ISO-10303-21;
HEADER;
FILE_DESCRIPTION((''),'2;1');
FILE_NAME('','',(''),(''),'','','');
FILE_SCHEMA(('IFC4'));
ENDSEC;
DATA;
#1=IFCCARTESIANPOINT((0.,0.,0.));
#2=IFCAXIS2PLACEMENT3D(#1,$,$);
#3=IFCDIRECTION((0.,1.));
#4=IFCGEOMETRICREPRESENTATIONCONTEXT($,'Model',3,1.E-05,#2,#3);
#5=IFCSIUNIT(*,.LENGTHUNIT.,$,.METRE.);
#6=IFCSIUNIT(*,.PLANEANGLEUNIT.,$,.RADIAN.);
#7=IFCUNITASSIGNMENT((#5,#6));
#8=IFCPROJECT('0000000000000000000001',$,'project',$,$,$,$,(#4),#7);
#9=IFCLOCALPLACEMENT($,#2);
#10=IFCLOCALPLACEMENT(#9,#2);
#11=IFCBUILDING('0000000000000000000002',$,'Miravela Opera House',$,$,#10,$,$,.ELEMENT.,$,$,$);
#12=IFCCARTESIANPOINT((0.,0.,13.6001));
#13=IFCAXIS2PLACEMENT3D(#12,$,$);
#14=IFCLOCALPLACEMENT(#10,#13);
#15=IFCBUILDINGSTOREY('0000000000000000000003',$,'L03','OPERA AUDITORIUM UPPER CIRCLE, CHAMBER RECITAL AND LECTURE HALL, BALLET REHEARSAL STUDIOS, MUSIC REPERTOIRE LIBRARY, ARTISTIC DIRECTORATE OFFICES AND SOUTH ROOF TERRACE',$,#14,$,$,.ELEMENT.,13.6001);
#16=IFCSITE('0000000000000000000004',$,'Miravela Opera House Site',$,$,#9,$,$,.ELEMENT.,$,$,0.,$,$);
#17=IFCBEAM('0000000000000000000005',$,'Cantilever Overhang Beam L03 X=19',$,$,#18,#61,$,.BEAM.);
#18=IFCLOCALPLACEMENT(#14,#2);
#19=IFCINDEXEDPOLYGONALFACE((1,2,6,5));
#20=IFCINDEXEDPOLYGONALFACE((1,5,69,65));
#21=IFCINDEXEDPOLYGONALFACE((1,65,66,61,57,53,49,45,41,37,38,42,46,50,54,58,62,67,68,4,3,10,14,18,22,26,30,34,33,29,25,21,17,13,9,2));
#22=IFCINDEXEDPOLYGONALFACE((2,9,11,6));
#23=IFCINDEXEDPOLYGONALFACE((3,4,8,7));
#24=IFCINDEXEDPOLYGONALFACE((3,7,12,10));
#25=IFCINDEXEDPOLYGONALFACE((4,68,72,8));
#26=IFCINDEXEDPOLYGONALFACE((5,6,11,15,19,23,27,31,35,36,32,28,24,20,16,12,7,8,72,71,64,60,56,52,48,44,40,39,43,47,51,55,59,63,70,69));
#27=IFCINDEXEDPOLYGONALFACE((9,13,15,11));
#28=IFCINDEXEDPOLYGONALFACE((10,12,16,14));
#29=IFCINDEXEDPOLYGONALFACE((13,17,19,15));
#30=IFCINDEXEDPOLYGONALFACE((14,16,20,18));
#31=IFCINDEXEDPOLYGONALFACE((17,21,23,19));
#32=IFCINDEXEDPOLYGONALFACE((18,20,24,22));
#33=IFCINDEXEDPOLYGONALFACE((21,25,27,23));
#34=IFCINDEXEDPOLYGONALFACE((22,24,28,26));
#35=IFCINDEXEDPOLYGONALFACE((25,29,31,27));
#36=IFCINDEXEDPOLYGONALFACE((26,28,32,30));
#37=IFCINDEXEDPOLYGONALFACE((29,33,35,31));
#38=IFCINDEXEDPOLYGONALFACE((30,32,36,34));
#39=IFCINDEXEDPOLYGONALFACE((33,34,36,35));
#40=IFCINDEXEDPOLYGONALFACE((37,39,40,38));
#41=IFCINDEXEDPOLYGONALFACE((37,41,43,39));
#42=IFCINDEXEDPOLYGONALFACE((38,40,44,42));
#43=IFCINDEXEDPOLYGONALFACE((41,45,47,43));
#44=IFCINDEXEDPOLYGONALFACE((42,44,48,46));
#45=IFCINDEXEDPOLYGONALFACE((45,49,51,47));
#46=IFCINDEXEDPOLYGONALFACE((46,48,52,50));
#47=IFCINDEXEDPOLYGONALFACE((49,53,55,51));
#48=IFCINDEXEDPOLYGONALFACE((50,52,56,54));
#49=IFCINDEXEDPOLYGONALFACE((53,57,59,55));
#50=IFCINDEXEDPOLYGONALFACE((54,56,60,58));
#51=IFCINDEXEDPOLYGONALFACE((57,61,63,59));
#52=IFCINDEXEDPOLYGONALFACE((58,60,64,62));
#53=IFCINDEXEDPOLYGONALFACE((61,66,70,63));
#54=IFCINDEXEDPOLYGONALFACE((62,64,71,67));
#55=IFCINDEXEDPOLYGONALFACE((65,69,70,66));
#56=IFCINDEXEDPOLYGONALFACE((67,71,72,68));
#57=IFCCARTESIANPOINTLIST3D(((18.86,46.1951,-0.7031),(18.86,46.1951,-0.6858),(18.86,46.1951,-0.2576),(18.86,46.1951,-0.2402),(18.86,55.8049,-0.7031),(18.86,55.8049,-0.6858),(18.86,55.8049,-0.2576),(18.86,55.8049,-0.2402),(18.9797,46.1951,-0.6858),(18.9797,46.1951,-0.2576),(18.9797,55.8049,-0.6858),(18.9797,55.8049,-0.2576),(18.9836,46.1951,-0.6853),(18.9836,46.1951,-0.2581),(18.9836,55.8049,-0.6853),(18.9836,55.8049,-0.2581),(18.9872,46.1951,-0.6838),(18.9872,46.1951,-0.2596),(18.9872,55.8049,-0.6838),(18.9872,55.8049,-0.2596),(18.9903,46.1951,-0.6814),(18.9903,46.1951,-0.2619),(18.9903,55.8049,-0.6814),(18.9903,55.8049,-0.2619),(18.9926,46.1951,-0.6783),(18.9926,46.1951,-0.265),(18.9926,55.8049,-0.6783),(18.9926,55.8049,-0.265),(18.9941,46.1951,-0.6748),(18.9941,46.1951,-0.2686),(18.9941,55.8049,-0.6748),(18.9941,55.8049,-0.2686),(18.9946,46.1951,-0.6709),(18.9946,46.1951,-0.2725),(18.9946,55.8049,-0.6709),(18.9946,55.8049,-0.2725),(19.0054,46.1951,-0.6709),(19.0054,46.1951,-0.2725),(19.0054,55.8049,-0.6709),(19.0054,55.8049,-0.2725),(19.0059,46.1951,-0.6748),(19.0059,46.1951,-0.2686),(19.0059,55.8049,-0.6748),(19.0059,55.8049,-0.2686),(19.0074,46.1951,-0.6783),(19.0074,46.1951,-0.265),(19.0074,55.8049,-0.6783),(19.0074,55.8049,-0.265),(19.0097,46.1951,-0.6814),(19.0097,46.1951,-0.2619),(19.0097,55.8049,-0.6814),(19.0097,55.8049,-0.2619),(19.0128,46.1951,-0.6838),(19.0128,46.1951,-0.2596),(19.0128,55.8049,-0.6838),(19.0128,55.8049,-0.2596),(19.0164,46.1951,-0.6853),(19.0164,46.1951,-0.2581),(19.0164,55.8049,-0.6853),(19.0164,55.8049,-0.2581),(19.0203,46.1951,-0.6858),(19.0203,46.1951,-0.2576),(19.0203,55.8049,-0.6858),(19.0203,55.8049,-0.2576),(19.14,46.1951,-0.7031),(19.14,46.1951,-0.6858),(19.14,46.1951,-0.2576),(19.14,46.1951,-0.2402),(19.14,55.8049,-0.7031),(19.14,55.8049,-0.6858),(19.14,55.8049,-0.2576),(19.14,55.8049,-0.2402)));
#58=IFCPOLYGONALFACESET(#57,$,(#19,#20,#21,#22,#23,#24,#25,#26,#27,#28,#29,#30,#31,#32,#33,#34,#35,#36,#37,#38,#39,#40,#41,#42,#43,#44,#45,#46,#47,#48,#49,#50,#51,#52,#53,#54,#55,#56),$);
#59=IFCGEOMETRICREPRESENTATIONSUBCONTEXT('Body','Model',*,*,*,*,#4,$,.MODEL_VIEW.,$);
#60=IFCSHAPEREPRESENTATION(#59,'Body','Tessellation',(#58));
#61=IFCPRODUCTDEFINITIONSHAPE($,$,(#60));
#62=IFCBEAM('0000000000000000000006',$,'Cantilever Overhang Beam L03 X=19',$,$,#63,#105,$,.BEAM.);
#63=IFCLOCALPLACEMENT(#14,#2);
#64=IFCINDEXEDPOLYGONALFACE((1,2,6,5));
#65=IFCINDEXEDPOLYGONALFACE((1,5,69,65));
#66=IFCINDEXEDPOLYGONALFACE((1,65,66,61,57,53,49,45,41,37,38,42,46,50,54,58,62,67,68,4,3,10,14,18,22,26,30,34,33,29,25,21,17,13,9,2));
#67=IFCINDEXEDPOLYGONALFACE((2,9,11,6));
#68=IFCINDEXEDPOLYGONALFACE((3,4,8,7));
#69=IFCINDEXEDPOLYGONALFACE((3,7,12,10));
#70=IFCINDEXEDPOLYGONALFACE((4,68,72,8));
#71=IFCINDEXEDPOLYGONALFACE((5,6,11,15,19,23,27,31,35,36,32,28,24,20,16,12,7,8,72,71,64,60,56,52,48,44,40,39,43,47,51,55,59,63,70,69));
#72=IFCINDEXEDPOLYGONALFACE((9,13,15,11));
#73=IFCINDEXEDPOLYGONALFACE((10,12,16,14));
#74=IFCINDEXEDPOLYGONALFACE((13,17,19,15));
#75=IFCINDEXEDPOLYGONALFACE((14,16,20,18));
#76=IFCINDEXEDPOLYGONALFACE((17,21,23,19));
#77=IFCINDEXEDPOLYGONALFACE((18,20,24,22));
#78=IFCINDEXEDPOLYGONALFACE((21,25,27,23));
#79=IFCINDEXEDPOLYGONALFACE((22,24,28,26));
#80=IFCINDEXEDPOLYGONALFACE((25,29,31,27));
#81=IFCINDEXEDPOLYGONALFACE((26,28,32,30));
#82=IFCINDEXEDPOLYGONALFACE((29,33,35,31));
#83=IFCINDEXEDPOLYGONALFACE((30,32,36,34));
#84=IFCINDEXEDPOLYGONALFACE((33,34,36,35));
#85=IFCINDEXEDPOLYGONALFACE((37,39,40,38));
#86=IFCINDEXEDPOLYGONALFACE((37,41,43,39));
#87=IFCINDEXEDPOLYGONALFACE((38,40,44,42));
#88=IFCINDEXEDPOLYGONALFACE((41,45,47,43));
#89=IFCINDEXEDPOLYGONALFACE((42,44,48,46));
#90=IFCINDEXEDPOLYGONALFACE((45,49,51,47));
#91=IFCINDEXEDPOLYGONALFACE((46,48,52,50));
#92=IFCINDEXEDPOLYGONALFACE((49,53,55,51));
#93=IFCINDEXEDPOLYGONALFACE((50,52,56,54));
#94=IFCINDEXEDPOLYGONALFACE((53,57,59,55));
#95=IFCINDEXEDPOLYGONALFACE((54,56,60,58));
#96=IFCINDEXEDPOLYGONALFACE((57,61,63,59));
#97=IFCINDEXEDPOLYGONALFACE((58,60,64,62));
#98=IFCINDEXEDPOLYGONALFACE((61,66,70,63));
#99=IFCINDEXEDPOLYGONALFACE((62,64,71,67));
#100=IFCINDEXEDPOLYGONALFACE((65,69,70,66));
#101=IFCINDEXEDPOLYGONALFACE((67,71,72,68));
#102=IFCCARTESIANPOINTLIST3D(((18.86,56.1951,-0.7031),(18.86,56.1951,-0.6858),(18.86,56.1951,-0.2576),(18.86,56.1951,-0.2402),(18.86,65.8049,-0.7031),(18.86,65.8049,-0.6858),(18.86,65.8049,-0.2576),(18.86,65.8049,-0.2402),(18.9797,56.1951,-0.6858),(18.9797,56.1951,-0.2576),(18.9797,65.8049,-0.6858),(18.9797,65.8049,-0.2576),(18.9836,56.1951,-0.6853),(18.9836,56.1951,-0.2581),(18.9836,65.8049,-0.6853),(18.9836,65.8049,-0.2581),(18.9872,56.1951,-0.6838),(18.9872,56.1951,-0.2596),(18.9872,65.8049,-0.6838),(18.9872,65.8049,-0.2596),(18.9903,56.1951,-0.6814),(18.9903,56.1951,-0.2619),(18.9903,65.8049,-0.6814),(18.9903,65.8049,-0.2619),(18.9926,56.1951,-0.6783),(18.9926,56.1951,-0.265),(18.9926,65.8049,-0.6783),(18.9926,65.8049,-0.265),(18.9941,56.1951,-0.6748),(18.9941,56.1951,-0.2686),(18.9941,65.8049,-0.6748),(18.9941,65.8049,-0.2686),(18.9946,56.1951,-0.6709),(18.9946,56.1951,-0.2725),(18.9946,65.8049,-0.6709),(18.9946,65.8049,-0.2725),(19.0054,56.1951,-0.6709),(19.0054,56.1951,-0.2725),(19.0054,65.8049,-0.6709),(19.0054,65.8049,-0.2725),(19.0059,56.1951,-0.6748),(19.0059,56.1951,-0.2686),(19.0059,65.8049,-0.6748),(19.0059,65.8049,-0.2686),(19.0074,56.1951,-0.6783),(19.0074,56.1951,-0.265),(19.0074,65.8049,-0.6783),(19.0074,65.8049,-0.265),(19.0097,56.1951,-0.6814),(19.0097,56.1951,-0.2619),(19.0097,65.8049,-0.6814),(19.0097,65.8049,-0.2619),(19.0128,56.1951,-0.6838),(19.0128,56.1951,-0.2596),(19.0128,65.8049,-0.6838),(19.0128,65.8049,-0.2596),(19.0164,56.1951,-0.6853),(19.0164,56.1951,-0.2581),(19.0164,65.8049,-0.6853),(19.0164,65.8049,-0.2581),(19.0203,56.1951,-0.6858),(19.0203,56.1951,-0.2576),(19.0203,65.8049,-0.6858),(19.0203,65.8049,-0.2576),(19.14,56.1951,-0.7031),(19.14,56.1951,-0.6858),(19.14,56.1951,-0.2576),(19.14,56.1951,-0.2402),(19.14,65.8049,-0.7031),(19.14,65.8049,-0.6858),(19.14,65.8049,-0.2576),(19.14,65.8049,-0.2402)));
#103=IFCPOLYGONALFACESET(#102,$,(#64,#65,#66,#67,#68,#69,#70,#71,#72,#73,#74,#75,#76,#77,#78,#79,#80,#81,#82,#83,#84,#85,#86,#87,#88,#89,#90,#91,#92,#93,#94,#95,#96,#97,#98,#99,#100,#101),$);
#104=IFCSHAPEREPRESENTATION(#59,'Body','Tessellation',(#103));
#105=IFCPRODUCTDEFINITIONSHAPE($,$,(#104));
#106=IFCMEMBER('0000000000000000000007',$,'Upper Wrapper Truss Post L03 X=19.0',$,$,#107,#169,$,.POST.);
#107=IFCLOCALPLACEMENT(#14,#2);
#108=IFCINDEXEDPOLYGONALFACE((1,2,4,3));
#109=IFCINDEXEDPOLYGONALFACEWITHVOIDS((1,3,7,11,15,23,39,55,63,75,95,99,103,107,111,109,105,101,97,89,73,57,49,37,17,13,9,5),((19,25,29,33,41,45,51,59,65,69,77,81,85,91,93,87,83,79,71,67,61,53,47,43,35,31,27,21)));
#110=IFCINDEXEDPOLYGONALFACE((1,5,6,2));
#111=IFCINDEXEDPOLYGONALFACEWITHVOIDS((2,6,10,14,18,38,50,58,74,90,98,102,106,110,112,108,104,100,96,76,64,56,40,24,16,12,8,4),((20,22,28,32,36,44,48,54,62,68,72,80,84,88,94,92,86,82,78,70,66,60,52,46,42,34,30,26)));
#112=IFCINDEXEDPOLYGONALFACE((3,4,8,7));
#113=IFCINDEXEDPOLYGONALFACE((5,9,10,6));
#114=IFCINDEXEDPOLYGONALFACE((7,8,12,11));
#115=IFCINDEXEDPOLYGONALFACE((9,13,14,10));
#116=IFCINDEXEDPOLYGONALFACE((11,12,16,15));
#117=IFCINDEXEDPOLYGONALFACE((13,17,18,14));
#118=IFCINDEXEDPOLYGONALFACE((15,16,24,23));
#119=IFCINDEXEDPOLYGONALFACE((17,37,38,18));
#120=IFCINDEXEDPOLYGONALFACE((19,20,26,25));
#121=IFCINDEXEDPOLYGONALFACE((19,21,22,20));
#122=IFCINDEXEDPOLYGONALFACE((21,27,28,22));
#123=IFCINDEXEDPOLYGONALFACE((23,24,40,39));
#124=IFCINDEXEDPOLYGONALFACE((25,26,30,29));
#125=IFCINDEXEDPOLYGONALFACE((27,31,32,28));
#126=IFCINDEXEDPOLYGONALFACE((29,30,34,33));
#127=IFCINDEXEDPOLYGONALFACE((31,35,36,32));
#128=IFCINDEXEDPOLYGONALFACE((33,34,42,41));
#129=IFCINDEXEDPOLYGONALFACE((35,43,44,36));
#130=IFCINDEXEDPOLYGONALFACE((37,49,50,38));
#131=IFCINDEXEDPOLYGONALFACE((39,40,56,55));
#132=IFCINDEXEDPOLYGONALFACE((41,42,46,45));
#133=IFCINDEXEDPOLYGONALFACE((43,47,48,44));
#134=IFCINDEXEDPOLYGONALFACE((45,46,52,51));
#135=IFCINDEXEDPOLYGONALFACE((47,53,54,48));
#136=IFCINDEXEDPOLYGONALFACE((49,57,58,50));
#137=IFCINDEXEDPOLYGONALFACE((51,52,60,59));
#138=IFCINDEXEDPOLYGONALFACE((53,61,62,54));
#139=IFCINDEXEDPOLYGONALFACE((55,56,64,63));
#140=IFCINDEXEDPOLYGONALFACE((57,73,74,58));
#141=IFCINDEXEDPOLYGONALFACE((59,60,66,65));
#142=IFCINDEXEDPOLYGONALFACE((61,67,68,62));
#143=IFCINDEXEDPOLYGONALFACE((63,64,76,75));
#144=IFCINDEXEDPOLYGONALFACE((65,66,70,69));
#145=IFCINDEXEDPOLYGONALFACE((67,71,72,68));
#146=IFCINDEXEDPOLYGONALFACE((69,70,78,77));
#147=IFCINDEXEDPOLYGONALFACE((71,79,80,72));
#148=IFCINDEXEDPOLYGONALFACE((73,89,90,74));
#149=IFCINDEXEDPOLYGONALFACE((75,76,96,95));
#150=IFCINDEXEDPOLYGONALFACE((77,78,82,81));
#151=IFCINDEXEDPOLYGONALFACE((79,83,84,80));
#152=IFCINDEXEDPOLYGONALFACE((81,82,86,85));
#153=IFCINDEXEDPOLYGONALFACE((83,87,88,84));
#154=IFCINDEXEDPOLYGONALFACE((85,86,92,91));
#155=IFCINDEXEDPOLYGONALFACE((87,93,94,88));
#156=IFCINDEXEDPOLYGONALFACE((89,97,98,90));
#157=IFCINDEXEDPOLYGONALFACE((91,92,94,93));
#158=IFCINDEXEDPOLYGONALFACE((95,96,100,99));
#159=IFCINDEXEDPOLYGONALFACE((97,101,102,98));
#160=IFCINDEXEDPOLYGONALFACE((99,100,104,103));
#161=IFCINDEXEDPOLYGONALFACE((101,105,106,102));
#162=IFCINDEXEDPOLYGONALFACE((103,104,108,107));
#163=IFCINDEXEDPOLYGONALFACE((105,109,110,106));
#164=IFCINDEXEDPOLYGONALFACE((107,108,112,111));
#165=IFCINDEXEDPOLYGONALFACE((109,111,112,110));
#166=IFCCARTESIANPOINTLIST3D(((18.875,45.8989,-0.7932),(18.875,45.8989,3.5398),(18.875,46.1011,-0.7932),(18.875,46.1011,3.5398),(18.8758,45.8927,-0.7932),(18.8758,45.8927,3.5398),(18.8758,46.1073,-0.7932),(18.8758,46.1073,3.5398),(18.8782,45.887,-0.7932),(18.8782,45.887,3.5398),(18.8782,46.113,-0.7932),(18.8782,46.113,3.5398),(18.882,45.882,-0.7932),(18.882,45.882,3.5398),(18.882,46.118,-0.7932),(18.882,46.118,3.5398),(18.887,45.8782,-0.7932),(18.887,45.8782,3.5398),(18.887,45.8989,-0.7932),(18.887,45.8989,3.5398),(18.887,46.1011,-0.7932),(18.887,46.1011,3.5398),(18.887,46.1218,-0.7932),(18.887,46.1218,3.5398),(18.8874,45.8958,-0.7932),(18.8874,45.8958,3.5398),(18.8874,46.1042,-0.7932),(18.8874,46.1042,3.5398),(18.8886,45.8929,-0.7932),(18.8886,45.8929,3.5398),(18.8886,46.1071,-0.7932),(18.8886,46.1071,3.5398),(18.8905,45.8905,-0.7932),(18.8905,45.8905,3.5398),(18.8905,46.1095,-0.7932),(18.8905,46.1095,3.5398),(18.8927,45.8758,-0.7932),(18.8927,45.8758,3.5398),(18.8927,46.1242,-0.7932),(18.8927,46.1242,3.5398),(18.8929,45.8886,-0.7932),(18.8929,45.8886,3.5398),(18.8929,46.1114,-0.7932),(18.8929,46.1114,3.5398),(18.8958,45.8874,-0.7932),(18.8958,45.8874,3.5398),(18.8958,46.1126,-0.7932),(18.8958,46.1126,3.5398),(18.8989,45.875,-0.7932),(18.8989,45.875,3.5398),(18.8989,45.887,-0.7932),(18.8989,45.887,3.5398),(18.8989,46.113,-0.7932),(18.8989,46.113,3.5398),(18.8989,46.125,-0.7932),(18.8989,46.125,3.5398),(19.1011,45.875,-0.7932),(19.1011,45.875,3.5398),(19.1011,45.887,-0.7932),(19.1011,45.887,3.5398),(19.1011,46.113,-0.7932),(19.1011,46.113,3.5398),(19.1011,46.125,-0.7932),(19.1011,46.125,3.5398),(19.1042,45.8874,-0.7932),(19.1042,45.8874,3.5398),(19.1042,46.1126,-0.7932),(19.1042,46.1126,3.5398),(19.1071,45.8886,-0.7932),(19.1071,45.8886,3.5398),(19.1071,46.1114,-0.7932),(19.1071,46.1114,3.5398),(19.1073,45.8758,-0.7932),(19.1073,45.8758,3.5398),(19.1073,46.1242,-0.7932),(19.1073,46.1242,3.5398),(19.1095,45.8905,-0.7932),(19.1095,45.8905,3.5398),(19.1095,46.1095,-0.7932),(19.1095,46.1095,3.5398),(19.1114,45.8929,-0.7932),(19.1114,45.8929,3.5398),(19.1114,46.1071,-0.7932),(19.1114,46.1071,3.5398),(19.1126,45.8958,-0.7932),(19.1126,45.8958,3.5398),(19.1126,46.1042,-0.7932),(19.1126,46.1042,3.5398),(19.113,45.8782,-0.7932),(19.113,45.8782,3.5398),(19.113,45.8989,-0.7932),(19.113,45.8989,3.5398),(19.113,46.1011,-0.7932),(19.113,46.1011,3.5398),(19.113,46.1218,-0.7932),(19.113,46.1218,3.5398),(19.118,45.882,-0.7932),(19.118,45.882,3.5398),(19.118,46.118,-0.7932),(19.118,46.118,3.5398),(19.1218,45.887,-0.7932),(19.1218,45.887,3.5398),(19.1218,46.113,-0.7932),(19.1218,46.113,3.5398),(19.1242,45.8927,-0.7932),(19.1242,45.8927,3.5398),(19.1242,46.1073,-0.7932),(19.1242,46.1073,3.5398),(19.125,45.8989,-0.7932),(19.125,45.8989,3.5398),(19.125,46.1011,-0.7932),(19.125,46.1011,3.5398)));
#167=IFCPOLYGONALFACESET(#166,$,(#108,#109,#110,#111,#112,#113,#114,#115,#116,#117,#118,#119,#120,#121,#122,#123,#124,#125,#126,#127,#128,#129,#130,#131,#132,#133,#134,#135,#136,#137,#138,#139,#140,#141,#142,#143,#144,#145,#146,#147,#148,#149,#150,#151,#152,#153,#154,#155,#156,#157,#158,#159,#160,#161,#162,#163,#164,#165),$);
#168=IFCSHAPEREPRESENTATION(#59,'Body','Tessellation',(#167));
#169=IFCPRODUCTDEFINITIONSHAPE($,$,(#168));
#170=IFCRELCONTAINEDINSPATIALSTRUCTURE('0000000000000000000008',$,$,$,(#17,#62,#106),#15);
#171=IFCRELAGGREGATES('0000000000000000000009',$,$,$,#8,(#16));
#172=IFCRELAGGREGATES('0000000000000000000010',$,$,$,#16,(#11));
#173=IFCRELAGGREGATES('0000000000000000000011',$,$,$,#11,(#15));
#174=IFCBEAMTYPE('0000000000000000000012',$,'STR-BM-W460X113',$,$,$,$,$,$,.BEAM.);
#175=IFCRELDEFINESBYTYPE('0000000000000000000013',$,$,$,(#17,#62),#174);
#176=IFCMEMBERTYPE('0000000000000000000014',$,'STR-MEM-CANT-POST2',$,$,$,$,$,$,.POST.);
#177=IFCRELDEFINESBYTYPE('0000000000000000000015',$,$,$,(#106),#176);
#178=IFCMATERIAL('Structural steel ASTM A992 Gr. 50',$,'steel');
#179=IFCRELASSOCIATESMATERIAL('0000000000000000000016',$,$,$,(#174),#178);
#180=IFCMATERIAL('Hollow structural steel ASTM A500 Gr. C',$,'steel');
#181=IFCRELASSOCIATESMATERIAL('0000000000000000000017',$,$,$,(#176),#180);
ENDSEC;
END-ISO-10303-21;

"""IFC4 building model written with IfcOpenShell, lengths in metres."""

from ifc_helpers import new_model, si_unit, direction, frame, origin, origin_2d, place, context, subcontext, project, spatial, hollow_rectangle, i_section, extrude, material, material_profile, profile_set, type_object, element, save


model = new_model("IFC4")

# Units and contexts
model_context = context("Model", 3, precision=1e-05, world=origin(), true_north=direction((0.0, 1.0)))
body_context = subcontext(model_context, "Body", "Model", "MODEL_VIEW")
ifc_project = project(units=[si_unit("LENGTHUNIT", "METRE"), si_unit("PLANEANGLEUNIT", "RADIAN")], contexts=[model_context])

# Site, building, storey
site_placement = place(None, origin())
site = spatial("IfcSite", under=ifc_project, at=site_placement, Name="Miravela Opera House Site", CompositionType="ELEMENT", RefElevation=0.0)
building_placement = place(site_placement, origin())
building = spatial("IfcBuilding", under=site, at=building_placement, Name="Miravela Opera House", CompositionType="ELEMENT")
storey_placement = place(building_placement, frame((0.0, 0.0, 13.6001)))
storey = spatial("IfcBuildingStorey", under=building, at=storey_placement, Name="L03", Description="OPERA AUDITORIUM UPPER CIRCLE, CHAMBER RECITAL AND LECTURE HALL, BALLET REHEARSAL STUDIOS, MUSIC REPERTOIRE LIBRARY, ARTISTIC DIRECTORATE OFFICES AND SOUTH ROOF TERRACE", CompositionType="ELEMENT", Elevation=13.6001)

# Beams
ifc_material_1 = material(Name="Structural steel ASTM A992 Gr. 50", Category="steel")
ifc_material_profile_1 = material_profile(ifc_material_1, i_section(OverallWidth=0.28, OverallDepth=0.4629, WebThickness=0.0107, FlangeThickness=0.0173, FilletRadius=0.0149, at=origin_2d()), Name="W460X113")
ifc_profile_set_1 = profile_set([ifc_material_profile_1])
beam_type = type_object("IfcBeamType", Name="STR-BM-W460X113", PredefinedType="BEAM", material=ifc_profile_set_1)
for number, where, z_axis, x_axis, name in (
    (1, (19.0, 46.1951, -0.4717), (0.0, 1.0, 0.0), (-1.0, 0.0, 0.0), "Cantilever Overhang Beam L03 X=19"),
    (2, (19.0, 56.1951, -0.4717), (0.0, 1.0, 0.0), (-1.0, 0.0, 0.0), "Cantilever Overhang Beam L03 X=19"),
):
    element("IfcBeam", number, at=place(storey_placement, frame(where, z_axis=z_axis, x_axis=x_axis)), inside=storey, type_object=beam_type, Name=name, PredefinedType="BEAM", context=body_context, shape_type="SweptSolid", body=[
        extrude(i_section(OverallWidth=0.28, OverallDepth=0.4629, WebThickness=0.0107, FlangeThickness=0.0173, FilletRadius=0.0149, at=origin_2d()), origin(), (0.0, 0.0, 1.0), 9.6099),
    ])

# Member
ifc_material_2 = material(Name="Hollow structural steel ASTM A500 Gr. C", Category="steel")
ifc_material_profile_2 = material_profile(ifc_material_2, hollow_rectangle(XDim=0.25, YDim=0.25, WallThickness=0.012, InnerFilletRadius=0.012, OuterFilletRadius=0.0239, at=origin_2d()), Name="HSS250X250X12")
ifc_profile_set_2 = profile_set([ifc_material_profile_2])
member_type_1 = type_object("IfcMemberType", Name="STR-MEM-CANT-POST2", PredefinedType="POST", material=ifc_profile_set_2)
for number, where, z_axis, x_axis, name in (
    (3, (19.0, 46.0, -0.7932), (0.0, 0.0, 1.0), (1.0, 0.0, 0.0), "Upper Wrapper Truss Post L03 X=19.0"),
):
    element("IfcMember", number, at=place(storey_placement, frame(where, z_axis=z_axis, x_axis=x_axis)), inside=storey, type_object=member_type_1, Name=name, PredefinedType="POST", context=body_context, shape_type="SweptSolid", body=[
        extrude(hollow_rectangle(XDim=0.25, YDim=0.25, WallThickness=0.012, InnerFilletRadius=0.012, OuterFilletRadius=0.0239, at=origin_2d()), origin(), (0.0, 0.0, 1.0), 4.333),
    ])

save(model, "model.ifc")
